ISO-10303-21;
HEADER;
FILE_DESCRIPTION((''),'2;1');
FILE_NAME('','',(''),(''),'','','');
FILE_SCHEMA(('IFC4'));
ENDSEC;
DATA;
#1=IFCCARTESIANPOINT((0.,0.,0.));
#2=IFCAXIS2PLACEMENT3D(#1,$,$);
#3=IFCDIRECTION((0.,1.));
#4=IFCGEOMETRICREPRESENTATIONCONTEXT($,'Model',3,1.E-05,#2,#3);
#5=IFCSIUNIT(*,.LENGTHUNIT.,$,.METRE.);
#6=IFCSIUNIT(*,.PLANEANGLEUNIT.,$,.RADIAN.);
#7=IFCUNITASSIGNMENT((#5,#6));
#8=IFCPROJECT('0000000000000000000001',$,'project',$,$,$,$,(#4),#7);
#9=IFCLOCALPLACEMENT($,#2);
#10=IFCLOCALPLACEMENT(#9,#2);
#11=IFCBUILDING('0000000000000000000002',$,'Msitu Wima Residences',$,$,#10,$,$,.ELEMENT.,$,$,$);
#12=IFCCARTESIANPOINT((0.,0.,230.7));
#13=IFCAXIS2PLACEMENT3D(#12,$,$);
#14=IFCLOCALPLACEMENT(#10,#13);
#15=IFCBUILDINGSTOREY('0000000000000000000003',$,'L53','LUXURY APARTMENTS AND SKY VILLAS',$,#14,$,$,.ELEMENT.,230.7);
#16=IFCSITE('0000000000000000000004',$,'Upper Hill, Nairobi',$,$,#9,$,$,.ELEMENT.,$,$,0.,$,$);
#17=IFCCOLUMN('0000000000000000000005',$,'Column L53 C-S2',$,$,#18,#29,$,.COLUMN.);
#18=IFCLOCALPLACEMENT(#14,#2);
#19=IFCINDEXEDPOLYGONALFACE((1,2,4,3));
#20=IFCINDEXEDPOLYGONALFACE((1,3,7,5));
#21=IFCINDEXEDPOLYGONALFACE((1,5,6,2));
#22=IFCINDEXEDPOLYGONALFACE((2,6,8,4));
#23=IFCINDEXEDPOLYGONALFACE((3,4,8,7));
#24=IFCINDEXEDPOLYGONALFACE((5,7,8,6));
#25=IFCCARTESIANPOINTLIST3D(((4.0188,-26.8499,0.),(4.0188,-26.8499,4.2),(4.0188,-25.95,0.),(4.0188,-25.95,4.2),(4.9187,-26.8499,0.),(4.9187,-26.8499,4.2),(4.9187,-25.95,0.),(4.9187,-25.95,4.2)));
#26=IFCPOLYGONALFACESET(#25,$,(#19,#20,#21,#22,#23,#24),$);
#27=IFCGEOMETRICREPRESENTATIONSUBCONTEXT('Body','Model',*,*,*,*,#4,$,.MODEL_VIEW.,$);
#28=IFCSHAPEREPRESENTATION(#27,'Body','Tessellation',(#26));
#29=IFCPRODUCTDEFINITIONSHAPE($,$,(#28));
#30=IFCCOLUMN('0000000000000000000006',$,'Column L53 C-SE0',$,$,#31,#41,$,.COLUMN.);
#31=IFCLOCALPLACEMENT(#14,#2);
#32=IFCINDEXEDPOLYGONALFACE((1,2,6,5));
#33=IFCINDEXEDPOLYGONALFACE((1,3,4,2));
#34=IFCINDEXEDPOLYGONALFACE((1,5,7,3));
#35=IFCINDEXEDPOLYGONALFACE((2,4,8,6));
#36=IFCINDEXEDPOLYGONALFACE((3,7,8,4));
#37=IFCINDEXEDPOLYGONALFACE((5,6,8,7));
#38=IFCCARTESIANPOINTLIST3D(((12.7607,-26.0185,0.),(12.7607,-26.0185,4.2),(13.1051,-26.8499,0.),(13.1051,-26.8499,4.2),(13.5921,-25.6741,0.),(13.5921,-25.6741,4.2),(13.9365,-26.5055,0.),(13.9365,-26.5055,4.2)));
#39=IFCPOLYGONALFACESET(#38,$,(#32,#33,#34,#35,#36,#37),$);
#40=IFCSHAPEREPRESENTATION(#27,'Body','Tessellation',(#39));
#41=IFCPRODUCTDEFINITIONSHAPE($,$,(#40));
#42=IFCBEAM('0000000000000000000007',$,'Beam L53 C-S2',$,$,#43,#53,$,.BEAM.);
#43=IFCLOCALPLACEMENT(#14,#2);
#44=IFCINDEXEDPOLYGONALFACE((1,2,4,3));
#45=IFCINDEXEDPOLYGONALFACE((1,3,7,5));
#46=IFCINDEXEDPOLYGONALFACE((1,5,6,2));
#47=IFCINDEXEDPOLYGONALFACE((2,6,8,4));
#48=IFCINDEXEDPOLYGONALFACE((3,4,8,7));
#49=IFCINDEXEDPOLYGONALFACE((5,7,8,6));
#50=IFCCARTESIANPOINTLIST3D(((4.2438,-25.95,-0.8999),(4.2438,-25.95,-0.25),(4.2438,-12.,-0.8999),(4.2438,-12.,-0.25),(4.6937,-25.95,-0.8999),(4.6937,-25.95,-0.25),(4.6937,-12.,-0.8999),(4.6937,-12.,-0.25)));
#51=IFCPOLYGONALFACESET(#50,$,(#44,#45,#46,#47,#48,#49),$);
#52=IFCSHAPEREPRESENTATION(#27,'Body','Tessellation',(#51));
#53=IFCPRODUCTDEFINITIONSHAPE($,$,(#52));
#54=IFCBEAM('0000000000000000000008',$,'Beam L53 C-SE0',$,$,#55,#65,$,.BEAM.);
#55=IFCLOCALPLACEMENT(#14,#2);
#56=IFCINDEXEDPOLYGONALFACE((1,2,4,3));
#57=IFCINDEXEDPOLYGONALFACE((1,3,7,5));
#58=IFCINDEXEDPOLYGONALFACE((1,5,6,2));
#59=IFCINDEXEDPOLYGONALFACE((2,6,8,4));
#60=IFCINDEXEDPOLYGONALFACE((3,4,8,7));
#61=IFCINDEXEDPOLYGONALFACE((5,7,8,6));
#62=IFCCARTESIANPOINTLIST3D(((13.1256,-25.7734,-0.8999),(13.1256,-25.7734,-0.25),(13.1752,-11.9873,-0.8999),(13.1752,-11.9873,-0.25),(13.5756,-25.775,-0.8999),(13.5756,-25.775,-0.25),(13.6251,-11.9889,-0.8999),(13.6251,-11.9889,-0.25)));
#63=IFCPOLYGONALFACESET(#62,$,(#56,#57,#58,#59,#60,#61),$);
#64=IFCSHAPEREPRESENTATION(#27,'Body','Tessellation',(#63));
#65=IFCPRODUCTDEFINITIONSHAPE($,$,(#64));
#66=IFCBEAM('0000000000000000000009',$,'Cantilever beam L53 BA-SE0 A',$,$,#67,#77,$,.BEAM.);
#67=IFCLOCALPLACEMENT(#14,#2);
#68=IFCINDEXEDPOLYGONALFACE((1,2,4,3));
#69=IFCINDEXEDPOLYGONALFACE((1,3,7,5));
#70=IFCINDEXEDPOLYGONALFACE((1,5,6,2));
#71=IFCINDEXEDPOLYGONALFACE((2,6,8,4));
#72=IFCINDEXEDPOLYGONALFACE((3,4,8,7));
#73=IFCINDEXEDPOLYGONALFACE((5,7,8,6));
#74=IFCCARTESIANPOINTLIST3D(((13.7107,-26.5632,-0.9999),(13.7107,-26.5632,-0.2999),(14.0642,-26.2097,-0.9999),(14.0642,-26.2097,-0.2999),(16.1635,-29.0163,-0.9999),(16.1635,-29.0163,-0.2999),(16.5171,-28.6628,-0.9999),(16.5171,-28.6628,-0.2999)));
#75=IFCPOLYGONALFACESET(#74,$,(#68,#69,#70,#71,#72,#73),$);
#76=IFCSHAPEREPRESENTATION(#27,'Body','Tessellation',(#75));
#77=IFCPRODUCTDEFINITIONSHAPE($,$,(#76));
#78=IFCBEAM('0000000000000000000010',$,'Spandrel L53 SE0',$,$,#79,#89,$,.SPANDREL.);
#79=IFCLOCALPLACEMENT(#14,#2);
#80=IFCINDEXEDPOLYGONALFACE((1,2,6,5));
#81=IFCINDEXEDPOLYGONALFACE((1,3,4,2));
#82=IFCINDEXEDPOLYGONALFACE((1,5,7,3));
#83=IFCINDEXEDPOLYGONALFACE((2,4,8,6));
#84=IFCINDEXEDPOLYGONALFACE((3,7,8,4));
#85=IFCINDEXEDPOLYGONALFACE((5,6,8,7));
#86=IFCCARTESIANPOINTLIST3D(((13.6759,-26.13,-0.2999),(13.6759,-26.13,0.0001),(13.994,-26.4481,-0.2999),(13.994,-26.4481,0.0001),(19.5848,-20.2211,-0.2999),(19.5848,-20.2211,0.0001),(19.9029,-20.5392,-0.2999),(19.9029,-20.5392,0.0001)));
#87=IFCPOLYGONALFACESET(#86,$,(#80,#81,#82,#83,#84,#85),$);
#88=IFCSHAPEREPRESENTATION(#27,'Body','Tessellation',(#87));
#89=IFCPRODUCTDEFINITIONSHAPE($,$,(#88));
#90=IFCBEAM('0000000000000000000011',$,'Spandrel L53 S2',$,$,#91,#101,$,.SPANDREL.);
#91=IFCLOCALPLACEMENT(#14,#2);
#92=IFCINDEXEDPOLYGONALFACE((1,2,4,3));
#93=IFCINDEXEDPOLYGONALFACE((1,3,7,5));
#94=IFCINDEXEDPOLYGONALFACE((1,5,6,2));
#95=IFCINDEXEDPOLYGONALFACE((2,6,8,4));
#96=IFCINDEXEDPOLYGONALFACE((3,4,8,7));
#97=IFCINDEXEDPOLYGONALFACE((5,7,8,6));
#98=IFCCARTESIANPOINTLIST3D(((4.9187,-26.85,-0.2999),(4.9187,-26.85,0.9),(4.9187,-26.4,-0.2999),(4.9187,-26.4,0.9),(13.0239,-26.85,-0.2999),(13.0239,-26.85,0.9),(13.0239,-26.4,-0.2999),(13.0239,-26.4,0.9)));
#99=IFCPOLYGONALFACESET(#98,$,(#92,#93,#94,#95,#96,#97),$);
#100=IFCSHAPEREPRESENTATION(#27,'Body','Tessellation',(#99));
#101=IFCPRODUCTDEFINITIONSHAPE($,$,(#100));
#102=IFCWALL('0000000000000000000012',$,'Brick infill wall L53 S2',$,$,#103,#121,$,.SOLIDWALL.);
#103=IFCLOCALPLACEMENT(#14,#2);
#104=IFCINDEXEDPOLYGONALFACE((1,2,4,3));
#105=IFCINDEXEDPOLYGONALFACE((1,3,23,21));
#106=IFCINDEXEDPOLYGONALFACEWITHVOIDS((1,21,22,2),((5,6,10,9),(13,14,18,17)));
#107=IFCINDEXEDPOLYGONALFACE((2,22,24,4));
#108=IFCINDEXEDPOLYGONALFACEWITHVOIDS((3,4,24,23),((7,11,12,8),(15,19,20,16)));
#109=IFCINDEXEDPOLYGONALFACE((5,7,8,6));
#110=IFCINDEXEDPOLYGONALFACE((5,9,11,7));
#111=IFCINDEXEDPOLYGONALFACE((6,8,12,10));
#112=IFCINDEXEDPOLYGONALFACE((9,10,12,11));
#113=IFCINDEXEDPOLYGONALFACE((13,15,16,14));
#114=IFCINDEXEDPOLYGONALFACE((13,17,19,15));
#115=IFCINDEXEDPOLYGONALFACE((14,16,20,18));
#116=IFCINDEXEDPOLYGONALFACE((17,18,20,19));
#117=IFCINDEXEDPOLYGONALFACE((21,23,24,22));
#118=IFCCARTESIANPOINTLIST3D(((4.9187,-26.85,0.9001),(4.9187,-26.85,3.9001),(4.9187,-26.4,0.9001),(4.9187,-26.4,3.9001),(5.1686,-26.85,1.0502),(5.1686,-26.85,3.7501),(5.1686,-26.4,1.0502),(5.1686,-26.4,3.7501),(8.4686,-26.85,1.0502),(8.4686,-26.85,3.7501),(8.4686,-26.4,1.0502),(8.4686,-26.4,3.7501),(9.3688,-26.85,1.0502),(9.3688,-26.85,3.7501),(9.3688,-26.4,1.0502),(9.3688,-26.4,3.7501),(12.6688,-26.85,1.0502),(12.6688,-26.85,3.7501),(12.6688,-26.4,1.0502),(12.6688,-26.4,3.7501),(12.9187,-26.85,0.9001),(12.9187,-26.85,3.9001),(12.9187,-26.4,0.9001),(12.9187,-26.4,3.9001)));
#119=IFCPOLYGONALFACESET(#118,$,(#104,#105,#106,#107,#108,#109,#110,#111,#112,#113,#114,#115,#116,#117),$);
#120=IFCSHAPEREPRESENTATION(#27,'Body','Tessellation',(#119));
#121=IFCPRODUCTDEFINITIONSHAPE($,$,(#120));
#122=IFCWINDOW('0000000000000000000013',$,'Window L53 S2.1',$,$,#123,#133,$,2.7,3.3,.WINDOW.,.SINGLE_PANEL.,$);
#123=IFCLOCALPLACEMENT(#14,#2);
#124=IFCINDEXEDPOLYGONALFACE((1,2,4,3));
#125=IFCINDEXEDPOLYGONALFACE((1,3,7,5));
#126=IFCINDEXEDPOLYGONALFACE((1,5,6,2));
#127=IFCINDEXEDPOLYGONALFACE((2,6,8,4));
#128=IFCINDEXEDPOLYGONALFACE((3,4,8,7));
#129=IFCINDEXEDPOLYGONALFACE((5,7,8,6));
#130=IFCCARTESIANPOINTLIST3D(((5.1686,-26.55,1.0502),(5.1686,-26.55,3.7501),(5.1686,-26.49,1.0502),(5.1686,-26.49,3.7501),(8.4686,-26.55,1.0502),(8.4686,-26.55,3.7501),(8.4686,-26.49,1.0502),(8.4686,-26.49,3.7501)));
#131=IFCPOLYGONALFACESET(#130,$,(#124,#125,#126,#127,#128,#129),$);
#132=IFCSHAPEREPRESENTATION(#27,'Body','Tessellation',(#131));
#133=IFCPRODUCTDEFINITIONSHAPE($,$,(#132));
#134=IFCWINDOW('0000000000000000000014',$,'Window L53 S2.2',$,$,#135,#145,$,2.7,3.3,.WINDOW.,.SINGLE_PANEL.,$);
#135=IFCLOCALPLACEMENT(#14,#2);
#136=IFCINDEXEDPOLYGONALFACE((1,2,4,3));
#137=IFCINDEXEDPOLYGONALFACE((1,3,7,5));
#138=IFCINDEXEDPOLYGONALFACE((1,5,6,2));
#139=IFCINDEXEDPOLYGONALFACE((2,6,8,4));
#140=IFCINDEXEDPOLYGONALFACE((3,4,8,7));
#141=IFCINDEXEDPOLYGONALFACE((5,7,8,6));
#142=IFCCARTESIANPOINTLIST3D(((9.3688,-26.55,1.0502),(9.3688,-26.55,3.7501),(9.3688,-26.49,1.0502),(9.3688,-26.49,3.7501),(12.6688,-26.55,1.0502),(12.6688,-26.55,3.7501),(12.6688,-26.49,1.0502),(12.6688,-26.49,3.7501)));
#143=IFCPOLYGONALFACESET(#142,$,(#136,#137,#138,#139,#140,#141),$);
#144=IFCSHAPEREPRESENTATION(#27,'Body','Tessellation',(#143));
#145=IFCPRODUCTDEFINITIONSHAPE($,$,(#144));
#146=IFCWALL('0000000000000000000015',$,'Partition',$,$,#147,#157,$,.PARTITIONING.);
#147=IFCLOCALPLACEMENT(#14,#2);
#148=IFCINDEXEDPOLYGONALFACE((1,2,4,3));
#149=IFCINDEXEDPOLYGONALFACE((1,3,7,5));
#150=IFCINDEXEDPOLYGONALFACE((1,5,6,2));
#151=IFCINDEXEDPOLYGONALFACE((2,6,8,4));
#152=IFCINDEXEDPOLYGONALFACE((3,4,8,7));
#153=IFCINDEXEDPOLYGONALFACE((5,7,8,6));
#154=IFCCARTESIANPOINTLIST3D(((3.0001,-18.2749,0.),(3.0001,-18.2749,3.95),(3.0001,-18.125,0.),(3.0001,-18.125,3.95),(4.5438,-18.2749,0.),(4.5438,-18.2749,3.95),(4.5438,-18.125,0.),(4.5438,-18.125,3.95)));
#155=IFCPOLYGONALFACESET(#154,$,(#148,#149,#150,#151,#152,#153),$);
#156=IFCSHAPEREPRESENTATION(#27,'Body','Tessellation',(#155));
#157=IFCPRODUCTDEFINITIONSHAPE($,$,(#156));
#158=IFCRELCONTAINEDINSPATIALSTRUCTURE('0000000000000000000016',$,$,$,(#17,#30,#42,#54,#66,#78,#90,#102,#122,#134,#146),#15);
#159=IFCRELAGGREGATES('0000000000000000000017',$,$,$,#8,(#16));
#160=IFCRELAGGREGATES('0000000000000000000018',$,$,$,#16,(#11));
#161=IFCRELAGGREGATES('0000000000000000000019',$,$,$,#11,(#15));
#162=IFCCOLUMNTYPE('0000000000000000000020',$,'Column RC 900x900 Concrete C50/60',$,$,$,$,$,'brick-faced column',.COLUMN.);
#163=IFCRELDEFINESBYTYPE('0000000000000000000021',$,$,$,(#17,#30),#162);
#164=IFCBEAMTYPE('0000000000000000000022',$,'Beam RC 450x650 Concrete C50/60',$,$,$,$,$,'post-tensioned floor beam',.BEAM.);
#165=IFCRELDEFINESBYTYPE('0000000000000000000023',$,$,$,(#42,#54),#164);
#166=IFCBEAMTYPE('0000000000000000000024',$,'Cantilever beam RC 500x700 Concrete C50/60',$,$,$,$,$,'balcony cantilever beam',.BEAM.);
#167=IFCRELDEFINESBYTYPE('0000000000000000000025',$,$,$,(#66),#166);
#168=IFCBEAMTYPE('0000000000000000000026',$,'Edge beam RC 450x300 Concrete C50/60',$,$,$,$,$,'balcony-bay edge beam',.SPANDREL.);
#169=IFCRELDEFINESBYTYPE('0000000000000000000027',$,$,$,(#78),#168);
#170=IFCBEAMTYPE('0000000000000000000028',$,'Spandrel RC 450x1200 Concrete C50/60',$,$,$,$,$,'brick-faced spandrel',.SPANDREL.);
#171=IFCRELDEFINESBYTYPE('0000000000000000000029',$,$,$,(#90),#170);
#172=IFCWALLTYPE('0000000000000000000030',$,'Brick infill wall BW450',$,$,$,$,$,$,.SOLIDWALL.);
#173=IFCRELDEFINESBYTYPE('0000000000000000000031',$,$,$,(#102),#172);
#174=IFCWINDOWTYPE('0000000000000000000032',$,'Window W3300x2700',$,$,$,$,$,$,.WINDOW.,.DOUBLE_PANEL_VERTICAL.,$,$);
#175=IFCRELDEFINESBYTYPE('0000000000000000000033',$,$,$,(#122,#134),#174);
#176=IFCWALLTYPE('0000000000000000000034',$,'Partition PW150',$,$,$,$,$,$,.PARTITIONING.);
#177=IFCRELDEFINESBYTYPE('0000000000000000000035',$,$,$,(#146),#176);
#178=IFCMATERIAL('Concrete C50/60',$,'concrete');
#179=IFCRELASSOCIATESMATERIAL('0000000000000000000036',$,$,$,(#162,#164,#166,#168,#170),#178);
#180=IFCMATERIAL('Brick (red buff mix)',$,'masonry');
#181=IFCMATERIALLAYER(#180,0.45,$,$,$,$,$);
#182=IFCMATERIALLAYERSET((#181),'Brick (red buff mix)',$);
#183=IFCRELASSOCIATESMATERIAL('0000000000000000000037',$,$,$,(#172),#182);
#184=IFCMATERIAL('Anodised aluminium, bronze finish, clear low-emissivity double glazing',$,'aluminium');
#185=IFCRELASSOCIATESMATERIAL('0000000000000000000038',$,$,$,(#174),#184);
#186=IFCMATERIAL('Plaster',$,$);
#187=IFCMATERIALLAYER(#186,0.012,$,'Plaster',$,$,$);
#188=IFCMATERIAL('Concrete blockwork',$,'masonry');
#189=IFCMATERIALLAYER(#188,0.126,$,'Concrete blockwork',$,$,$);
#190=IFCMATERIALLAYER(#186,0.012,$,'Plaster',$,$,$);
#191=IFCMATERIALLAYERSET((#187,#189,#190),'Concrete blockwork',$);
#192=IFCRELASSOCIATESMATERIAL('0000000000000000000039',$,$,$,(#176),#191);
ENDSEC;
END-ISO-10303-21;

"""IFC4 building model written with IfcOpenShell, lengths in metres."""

from ifc_helpers import new_model, si_unit, direction, frame, frame_2d, origin, origin_2d, place, context, subcontext, project, spatial, rectangle, extrude, material, layer, layer_set, material_profile, profile_set, type_object, element, fill, save


model = new_model("IFC4")

# Units and contexts
model_context = context("Model", 3, precision=1e-05, world=origin(), true_north=direction((0.0, 1.0)))
body_context = subcontext(model_context, "Body", "Model", "MODEL_VIEW")
ifc_project = project(units=[si_unit("LENGTHUNIT", "METRE"), si_unit("PLANEANGLEUNIT", "RADIAN")], contexts=[model_context])

# Site, building, storey
site_placement = place(None, origin())
site = spatial("IfcSite", under=ifc_project, at=site_placement, Name="Upper Hill, Nairobi", CompositionType="ELEMENT", RefElevation=0.0)
building_placement = place(site_placement, origin())
building = spatial("IfcBuilding", under=site, at=building_placement, Name="Msitu Wima Residences", CompositionType="ELEMENT")
storey_placement = place(building_placement, frame((0.0, 0.0, 230.7)))
storey = spatial("IfcBuildingStorey", under=building, at=storey_placement, Name="L53", Description="LUXURY APARTMENTS AND SKY VILLAS", CompositionType="ELEMENT", Elevation=230.7)

# Columns
ifc_material_1 = material(Name="Concrete C50/60", Category="concrete")
ifc_material_profile_1 = material_profile(ifc_material_1, rectangle(XDim=0.8999, YDim=0.8999, at=origin_2d()), Name="RC 900x900")
ifc_profile_set_1 = profile_set([ifc_material_profile_1], Name="Concrete C50/60")
column_type = type_object("IfcColumnType", Name="Column RC 900x900 Concrete C50/60", ElementType="brick-faced column", PredefinedType="COLUMN", material=ifc_profile_set_1)
for number, where, z_axis, x_axis, name in (
    (1, (4.4688, -26.3999, 0.0), (0.0, 0.0, 1.0), (1.0, 0.0, 0.0), "Column L53 C-S2"),
    (2, (13.3486, -26.262, 0.0), (0.0, 0.0, 1.0), (0.92388, 0.382683, 0.0), "Column L53 C-SE0"),
):
    element("IfcColumn", number, at=place(storey_placement, frame(where, z_axis=z_axis, x_axis=x_axis)), inside=storey, type_object=column_type, Name=name, PredefinedType="COLUMN", context=body_context, shape_type="SweptSolid", body=[
        extrude(rectangle(XDim=0.8999, YDim=0.8999, at=origin_2d()), origin(), (0.0, 0.0, 1.0), 4.2),
    ])

# Beams
ifc_material_profile_2 = material_profile(ifc_material_1, rectangle(XDim=0.45, YDim=0.6499, at=origin_2d()), Name="RC 450x650")
ifc_profile_set_2 = profile_set([ifc_material_profile_2], Name="Concrete C50/60")
beam_type_1 = type_object("IfcBeamType", Name="Beam RC 450x650 Concrete C50/60", ElementType="post-tensioned floor beam", PredefinedType="BEAM", material=ifc_profile_set_2)
beam_1_placement = place(storey_placement, frame((4.4688, -25.95, -0.575), z_axis=(0.0, 1.0, 0.0), x_axis=(-1.0, 0.0, 0.0)))
element("IfcBeam", 3, at=beam_1_placement, inside=storey, type_object=beam_type_1, Name="Beam L53 C-S2", PredefinedType="BEAM", context=body_context, shape_type="SweptSolid", body=[
    extrude(rectangle(XDim=0.45, YDim=0.6499, at=origin_2d()), origin(), (0.0, 0.0, 1.0), 13.95),
])
beam_2_placement = place(storey_placement, frame((13.3506, -25.7742, -0.575), z_axis=(0.003595, 0.999994, 0.0), x_axis=(-0.999994, 0.003595, 0.0)))
element("IfcBeam", 4, at=beam_2_placement, inside=storey, type_object=beam_type_1, Name="Beam L53 C-SE0", PredefinedType="BEAM", context=body_context, shape_type="SweptSolid", body=[
    extrude(rectangle(XDim=0.45, YDim=0.6499, at=origin_2d()), origin(), (0.0, 0.0, 1.0), 13.7861),
])
ifc_material_profile_3 = material_profile(ifc_material_1, rectangle(XDim=0.5, YDim=0.7, at=origin_2d()), Name="RC 500x700")
ifc_profile_set_3 = profile_set([ifc_material_profile_3], Name="Concrete C50/60")
beam_type_2 = type_object("IfcBeamType", Name="Cantilever beam RC 500x700 Concrete C50/60", ElementType="balcony cantilever beam", PredefinedType="BEAM", material=ifc_profile_set_3)
beam_3_placement = place(storey_placement, frame((13.8875, -26.3865, -0.6499), z_axis=(0.707072, -0.707142, 0.0), x_axis=(0.707142, 0.707072, 0.0)))
element("IfcBeam", 5, at=beam_3_placement, inside=storey, type_object=beam_type_2, Name="Cantilever beam L53 BA-SE0 A", PredefinedType="BEAM", context=body_context, shape_type="SweptSolid", body=[
    extrude(rectangle(XDim=0.5, YDim=0.7, at=origin_2d()), origin(), (0.0, 0.0, 1.0), 3.469),
])
ifc_material_profile_4 = material_profile(ifc_material_1, rectangle(XDim=0.45, YDim=0.3, at=origin_2d()), Name="RC 450x300")
ifc_profile_set_4 = profile_set([ifc_material_profile_4], Name="Concrete C50/60")
beam_type_3 = type_object("IfcBeamType", Name="Edge beam RC 450x300 Concrete C50/60", ElementType="balcony-bay edge beam", PredefinedType="SPANDREL", material=ifc_profile_set_4)
beam_4_placement = place(storey_placement, frame((13.835, -26.2891, -0.1499), z_axis=(0.707107, 0.707107, 0.0), x_axis=(-0.707107, 0.707107, 0.0)))
element("IfcBeam", 6, at=beam_4_placement, inside=storey, type_object=beam_type_3, Name="Spandrel L53 SE0", PredefinedType="SPANDREL", context=body_context, shape_type="SweptSolid", body=[
    extrude(rectangle(XDim=0.45, YDim=0.3, at=origin_2d()), origin(), (0.0, 0.0, 1.0), 8.3564),
])
ifc_material_profile_5 = material_profile(ifc_material_1, rectangle(XDim=0.45, YDim=1.2, at=origin_2d()), Name="RC 450x1200")
ifc_profile_set_5 = profile_set([ifc_material_profile_5], Name="Concrete C50/60")
beam_type_4 = type_object("IfcBeamType", Name="Spandrel RC 450x1200 Concrete C50/60", ElementType="brick-faced spandrel", PredefinedType="SPANDREL", material=ifc_profile_set_5)
beam_5_placement = place(storey_placement, frame((4.9187, -26.625, 0.3), z_axis=(1.0, 0.0, 0.0), x_axis=(0.0, 1.0, 0.0)))
element("IfcBeam", 7, at=beam_5_placement, inside=storey, type_object=beam_type_4, Name="Spandrel L53 S2", PredefinedType="SPANDREL", context=body_context, shape_type="SweptSolid", body=[
    extrude(rectangle(XDim=0.45, YDim=1.2, at=origin_2d()), origin(), (0.0, 0.0, 1.0), 8.1052),
])

# Wall, openings, windows
ifc_material_2 = material(Name="Brick (red buff mix)", Category="masonry")
ifc_layer_1 = layer(ifc_material_2, 0.45)
ifc_layer_set_1 = layer_set([ifc_layer_1], Name="Brick (red buff mix)")
wall_type_1 = type_object("IfcWallType", Name="Brick infill wall BW450", PredefinedType="SOLIDWALL", material=ifc_layer_set_1)
wall_1_placement = place(storey_placement, frame((4.9187, -26.625, 0.9001), z_axis=(0.0, 0.0, 1.0), x_axis=(1.0, 0.0, 0.0)))
wall_1 = element("IfcWall", 8, at=wall_1_placement, inside=storey, type_object=wall_type_1, Name="Brick infill wall L53 S2", PredefinedType="SOLIDWALL", context=body_context, shape_type="SweptSolid", body=[
    extrude(rectangle(XDim=8.0, YDim=0.45, at=frame_2d((4.0, 0.0))), origin(), (0.0, 0.0, 1.0), 3.0),
])
opening_1_placement = place(wall_1_placement, frame((0.25, 0.0, 0.1499)))
opening_1 = element("IfcOpeningElement", 9, at=opening_1_placement, cuts=wall_1, PredefinedType="OPENING", context=body_context, shape_type="SweptSolid", body=[
    extrude(rectangle(XDim=3.3, YDim=2.7, at=frame_2d((1.6499, 1.3501))), frame((0.0, 0.2349, 0.0), z_axis=(0.0, -1.0, 0.0), x_axis=(1.0, 0.0, 0.0)), (0.0, 0.0, 1.0), 0.47),
])
opening_2_placement = place(wall_1_placement, frame((4.4502, 0.0, 0.1499)))
opening_2 = element("IfcOpeningElement", 10, at=opening_2_placement, cuts=wall_1, PredefinedType="OPENING", context=body_context, shape_type="SweptSolid", body=[
    extrude(rectangle(XDim=3.3, YDim=2.7, at=frame_2d((1.6499, 1.3501))), frame((0.0, 0.2349, 0.0), z_axis=(0.0, -1.0, 0.0), x_axis=(1.0, 0.0, 0.0)), (0.0, 0.0, 1.0), 0.47),
])
ifc_material_3 = material(Name="Anodised aluminium, bronze finish, clear low-emissivity double glazing", Category="aluminium")
window_type = type_object("IfcWindowType", Name="Window W3300x2700", PartitioningType="DOUBLE_PANEL_VERTICAL", PredefinedType="WINDOW", material=ifc_material_3)
window_1_placement = place(opening_1_placement, origin())
window_1 = element("IfcWindow", 11, at=window_1_placement, inside=storey, type_object=window_type, Name="Window L53 S2.1", OverallHeight=2.7, OverallWidth=3.3, PartitioningType="SINGLE_PANEL", PredefinedType="WINDOW", context=body_context, shape_type="SweptSolid", body=[
    extrude(rectangle(XDim=3.3, YDim=2.7, at=frame_2d((1.6499, 1.3501))), frame((0.0, 0.135, 0.0), z_axis=(0.0, -1.0, 0.0), x_axis=(1.0, 0.0, 0.0)), (0.0, 0.0, 1.0), 0.0601),
])
fill(opening_1, window_1)
window_2_placement = place(opening_2_placement, origin())
window_2 = element("IfcWindow", 12, at=window_2_placement, inside=storey, type_object=window_type, Name="Window L53 S2.2", OverallHeight=2.7, OverallWidth=3.3, PartitioningType="SINGLE_PANEL", PredefinedType="WINDOW", context=body_context, shape_type="SweptSolid", body=[
    extrude(rectangle(XDim=3.3, YDim=2.7, at=frame_2d((1.6499, 1.3501))), frame((0.0, 0.135, 0.0), z_axis=(0.0, -1.0, 0.0), x_axis=(1.0, 0.0, 0.0)), (0.0, 0.0, 1.0), 0.0601),
])
fill(opening_2, window_2)

# Wall
ifc_material_4 = material(Name="Plaster")
ifc_layer_2 = layer(ifc_material_4, 0.012, Name="Plaster")
ifc_material_5 = material(Name="Concrete blockwork", Category="masonry")
ifc_layer_3 = layer(ifc_material_5, 0.126, Name="Concrete blockwork")
ifc_layer_4 = layer(ifc_material_4, 0.012, Name="Plaster")
ifc_layer_set_2 = layer_set([ifc_layer_2, ifc_layer_3, ifc_layer_4], Name="Concrete blockwork")
wall_type_2 = type_object("IfcWallType", Name="Partition PW150", PredefinedType="PARTITIONING", material=ifc_layer_set_2)
wall_2_placement = place(storey_placement, frame((3.0, -18.2, 0.0), z_axis=(0.0, 0.0, 1.0), x_axis=(1.0, 0.0, 0.0)))
element("IfcWall", 13, at=wall_2_placement, inside=storey, type_object=wall_type_2, Name="Partition", PredefinedType="PARTITIONING", context=body_context, shape_type="SweptSolid", body=[
    extrude(rectangle(XDim=1.5437, YDim=0.1499, at=frame_2d((0.772, 0.0))), origin(), (0.0, 0.0, 1.0), 3.95),
])

save(model, "model.ifc")
